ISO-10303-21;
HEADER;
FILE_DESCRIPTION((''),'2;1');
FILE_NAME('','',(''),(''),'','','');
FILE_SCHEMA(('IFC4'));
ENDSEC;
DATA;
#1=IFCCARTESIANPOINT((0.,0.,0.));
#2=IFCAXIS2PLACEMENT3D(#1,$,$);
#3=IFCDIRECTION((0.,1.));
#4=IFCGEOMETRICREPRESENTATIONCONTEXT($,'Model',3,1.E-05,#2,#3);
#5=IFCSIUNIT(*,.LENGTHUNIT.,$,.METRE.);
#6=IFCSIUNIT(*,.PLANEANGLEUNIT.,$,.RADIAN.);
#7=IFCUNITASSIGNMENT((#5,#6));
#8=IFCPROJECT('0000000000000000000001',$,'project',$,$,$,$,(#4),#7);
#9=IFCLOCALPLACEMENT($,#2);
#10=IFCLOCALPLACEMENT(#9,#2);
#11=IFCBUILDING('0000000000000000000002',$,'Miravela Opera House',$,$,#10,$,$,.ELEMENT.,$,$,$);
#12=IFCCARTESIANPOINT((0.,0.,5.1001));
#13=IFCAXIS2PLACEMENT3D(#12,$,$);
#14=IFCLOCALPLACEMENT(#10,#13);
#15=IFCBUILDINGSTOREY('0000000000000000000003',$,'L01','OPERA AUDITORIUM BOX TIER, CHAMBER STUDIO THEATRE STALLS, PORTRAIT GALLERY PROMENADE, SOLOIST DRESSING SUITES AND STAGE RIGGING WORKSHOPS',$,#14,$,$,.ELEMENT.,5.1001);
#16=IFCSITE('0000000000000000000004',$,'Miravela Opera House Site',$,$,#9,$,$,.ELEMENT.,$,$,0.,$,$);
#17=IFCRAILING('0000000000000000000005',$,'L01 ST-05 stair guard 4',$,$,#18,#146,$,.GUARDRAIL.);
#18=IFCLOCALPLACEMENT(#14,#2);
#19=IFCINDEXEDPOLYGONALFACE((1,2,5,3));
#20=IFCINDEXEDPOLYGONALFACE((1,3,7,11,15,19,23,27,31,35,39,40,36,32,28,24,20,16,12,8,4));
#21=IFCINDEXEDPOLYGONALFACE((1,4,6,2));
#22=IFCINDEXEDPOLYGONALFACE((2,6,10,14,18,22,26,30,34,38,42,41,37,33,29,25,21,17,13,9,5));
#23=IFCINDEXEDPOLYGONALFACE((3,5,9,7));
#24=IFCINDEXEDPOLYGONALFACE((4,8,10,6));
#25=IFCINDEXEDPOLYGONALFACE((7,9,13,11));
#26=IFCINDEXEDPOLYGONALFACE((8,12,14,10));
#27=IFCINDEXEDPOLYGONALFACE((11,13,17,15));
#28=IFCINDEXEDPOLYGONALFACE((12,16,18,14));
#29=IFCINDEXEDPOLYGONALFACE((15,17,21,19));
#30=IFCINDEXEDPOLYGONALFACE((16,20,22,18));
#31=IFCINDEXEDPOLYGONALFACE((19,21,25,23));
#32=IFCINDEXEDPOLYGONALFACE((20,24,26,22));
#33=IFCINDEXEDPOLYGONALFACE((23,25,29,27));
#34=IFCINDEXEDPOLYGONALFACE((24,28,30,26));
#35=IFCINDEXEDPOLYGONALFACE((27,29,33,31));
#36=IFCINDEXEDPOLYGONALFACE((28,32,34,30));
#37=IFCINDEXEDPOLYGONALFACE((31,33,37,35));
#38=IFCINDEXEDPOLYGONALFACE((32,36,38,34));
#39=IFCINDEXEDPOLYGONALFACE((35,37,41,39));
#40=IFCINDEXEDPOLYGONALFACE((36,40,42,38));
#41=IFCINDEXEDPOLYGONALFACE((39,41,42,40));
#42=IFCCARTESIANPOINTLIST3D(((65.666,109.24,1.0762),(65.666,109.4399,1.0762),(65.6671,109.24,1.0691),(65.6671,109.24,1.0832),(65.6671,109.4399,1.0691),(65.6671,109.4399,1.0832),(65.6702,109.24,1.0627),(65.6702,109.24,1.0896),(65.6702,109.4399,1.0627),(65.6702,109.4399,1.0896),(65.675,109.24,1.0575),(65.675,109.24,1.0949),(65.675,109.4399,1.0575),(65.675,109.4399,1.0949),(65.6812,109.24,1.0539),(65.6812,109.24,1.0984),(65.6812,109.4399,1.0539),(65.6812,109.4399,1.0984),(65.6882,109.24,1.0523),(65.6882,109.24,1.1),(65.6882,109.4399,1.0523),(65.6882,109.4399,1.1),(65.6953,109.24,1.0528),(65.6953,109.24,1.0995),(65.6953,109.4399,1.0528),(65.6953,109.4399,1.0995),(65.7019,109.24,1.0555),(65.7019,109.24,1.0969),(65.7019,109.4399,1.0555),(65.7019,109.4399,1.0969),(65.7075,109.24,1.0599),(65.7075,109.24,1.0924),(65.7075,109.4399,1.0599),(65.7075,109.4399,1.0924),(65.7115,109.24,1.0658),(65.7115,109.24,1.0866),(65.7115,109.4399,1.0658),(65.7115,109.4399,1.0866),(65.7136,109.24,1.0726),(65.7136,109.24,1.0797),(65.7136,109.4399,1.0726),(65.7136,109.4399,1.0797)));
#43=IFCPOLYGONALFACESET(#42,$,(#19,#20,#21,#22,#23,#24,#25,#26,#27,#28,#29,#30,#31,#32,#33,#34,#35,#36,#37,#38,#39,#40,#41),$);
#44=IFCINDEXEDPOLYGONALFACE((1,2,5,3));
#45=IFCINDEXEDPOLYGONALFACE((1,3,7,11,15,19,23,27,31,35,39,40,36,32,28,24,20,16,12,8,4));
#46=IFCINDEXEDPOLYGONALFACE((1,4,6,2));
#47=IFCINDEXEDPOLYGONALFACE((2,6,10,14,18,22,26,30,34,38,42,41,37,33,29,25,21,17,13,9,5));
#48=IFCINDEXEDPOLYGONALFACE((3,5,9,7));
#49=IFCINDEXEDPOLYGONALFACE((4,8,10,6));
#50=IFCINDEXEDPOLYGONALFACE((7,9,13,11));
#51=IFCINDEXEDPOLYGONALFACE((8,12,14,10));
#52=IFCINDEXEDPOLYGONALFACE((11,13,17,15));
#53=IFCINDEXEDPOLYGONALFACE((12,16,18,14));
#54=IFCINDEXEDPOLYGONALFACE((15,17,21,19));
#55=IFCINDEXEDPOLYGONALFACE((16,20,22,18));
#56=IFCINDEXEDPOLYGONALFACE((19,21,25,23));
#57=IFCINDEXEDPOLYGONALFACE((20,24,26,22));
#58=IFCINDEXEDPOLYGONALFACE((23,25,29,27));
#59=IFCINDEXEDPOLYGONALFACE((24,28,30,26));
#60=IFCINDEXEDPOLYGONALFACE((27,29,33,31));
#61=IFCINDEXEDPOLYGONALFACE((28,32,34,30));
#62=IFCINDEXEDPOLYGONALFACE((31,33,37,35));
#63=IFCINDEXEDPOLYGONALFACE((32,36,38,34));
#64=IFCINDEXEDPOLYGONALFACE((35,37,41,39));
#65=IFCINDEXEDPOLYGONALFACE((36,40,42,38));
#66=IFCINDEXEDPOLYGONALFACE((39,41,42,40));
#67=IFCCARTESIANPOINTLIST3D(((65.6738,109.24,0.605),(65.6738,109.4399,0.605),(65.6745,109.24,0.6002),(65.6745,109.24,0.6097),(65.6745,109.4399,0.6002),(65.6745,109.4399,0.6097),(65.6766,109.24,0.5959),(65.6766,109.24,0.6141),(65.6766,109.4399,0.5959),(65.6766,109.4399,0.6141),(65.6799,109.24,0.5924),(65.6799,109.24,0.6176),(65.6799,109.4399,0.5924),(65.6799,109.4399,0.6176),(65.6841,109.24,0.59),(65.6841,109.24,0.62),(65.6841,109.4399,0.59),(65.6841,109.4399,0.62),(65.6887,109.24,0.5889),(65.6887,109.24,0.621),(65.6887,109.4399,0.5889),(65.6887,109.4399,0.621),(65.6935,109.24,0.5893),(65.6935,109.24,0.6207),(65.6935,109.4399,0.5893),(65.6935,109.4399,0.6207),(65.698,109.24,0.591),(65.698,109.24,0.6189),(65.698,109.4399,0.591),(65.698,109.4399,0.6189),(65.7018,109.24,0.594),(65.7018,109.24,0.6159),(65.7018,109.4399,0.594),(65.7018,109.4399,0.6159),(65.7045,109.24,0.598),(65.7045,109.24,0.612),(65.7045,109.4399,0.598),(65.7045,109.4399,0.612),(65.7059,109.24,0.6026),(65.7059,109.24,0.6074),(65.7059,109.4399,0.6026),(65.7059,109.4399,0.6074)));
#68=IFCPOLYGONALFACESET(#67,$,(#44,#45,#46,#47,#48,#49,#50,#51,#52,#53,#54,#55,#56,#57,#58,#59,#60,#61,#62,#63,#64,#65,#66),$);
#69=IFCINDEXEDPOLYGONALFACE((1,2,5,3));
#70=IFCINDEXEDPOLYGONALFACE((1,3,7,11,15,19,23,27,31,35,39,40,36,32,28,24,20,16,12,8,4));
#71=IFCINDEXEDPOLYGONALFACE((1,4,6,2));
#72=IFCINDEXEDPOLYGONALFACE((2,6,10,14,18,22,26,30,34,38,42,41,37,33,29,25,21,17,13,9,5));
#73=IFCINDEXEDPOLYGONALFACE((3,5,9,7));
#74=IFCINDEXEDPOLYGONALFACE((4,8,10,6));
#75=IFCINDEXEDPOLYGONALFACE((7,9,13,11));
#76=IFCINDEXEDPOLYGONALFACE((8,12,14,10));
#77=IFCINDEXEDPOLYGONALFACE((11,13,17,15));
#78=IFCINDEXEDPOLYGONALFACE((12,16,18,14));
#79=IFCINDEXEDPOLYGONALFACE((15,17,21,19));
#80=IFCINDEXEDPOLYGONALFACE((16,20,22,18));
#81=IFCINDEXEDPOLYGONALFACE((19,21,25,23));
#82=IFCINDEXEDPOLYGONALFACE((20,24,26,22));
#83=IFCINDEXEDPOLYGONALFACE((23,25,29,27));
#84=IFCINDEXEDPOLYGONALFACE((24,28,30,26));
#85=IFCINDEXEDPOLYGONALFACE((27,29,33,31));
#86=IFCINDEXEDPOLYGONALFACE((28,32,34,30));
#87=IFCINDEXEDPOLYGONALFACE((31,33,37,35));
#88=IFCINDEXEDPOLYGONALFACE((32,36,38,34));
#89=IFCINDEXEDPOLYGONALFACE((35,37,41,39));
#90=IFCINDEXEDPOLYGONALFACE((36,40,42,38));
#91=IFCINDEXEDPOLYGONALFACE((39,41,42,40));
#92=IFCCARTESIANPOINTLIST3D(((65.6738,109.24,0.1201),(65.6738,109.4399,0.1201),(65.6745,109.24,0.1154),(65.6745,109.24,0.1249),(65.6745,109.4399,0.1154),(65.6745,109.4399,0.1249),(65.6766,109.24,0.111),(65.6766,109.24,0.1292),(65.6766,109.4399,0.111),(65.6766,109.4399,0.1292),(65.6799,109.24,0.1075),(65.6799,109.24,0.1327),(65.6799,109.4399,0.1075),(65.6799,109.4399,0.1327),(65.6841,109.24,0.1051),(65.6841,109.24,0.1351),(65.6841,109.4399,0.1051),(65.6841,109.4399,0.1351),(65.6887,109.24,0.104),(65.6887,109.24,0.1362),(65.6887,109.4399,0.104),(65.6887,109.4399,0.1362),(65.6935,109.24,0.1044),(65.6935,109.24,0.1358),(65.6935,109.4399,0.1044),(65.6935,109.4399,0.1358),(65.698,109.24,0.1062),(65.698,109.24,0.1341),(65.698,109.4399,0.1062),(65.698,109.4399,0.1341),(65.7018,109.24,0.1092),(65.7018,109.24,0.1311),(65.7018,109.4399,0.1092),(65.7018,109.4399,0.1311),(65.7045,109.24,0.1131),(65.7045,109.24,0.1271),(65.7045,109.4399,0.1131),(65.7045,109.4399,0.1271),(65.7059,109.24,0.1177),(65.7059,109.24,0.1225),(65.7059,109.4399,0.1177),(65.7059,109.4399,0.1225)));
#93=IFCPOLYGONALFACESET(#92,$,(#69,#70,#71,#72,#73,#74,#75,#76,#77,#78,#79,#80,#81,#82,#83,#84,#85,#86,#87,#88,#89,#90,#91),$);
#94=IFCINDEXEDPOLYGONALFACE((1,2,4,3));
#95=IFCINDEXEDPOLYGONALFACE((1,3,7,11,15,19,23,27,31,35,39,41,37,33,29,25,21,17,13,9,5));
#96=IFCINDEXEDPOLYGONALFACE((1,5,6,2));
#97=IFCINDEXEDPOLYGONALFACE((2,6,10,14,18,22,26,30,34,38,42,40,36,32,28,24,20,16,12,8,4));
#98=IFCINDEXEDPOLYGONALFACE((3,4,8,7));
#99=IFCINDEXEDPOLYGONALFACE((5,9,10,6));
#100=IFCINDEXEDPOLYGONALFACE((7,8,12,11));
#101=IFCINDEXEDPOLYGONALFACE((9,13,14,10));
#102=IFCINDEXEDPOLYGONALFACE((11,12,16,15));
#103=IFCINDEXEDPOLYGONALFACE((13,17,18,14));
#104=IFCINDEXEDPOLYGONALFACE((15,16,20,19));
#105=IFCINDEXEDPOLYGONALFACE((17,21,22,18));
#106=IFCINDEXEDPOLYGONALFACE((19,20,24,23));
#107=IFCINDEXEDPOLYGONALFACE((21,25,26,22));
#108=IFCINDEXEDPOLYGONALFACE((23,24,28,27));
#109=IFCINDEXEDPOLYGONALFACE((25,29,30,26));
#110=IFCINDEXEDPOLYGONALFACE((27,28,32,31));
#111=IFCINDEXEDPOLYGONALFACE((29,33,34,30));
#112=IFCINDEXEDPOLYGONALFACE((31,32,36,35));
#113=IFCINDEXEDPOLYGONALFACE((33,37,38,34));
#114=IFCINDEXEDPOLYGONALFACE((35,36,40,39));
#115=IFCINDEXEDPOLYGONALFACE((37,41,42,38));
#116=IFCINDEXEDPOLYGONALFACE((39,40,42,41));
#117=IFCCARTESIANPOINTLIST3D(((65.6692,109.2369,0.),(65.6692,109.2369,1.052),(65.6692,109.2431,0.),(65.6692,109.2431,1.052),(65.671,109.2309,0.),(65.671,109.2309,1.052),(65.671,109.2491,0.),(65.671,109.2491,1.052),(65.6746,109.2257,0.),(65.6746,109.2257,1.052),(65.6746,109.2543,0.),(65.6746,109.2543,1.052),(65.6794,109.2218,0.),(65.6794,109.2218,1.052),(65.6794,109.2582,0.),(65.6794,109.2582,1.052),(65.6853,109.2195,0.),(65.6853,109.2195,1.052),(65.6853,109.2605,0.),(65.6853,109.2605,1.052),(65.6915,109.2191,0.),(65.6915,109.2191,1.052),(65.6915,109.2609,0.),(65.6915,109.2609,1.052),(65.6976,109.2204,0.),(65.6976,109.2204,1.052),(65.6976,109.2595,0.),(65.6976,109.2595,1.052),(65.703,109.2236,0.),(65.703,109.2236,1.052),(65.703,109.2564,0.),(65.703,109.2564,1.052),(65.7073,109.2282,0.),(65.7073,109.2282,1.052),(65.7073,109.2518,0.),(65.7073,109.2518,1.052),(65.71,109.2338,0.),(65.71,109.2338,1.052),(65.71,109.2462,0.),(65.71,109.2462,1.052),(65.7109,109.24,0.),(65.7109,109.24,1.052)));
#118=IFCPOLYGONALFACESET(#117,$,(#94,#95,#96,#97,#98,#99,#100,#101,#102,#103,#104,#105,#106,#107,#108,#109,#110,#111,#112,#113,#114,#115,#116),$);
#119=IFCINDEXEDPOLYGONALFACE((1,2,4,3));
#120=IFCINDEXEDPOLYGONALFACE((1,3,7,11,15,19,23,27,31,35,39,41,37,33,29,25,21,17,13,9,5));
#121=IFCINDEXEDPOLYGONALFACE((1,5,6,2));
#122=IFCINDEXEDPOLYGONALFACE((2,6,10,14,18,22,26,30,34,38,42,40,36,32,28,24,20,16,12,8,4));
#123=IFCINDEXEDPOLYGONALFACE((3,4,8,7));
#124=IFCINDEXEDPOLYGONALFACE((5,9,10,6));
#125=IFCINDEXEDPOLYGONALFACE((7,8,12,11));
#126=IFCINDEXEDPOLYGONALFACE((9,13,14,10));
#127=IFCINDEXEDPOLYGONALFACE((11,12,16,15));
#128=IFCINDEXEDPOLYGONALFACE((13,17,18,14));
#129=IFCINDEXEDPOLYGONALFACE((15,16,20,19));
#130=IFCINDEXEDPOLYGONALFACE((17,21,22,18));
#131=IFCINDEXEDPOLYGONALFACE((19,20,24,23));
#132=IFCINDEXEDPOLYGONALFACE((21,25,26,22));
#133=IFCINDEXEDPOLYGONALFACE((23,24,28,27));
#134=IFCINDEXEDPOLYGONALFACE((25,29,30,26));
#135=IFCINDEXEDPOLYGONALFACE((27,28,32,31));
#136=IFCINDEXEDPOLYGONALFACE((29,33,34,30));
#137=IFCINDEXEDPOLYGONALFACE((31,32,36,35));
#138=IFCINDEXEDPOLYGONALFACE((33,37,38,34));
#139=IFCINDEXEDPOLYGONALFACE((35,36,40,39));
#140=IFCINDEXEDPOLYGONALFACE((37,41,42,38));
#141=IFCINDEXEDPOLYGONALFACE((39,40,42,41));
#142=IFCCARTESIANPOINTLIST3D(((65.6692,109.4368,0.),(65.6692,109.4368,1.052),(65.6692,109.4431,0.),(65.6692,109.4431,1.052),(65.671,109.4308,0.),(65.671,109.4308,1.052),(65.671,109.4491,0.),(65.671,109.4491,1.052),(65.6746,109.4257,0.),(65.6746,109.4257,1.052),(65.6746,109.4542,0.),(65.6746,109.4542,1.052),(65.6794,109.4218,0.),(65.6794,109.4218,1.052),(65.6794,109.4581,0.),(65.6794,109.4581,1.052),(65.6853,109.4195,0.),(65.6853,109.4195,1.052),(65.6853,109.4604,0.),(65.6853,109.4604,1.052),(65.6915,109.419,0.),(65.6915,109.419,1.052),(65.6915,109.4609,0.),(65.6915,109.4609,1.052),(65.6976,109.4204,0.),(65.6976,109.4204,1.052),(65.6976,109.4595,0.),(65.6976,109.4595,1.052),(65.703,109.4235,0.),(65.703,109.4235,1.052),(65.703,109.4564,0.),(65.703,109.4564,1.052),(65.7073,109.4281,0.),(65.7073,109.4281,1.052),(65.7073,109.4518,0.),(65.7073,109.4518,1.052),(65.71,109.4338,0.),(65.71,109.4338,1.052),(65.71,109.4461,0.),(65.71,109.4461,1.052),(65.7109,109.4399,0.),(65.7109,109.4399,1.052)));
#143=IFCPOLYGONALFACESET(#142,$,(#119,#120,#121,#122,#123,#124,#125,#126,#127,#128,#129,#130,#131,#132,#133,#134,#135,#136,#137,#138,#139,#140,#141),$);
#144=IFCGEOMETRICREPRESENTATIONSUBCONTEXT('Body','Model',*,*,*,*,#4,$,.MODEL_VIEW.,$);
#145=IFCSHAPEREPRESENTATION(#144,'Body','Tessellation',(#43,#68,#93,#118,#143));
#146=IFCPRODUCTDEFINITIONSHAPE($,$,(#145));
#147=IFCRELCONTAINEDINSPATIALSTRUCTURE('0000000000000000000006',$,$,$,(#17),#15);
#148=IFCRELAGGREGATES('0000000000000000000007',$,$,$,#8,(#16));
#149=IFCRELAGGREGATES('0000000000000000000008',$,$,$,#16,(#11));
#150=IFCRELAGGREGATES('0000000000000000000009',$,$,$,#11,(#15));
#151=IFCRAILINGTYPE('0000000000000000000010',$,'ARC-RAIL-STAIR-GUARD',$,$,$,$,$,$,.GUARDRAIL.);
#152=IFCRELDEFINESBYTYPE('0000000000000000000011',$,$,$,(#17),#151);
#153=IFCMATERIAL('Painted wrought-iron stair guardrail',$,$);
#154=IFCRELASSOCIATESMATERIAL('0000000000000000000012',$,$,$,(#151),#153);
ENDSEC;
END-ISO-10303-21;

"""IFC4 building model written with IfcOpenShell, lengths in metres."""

from ifc_helpers import new_model, si_unit, direction, frame, origin, origin_2d, place, context, subcontext, project, spatial, circle, extrude, material, type_object, element, save


model = new_model("IFC4")

# Units and contexts
model_context = context("Model", 3, precision=1e-05, world=origin(), true_north=direction((0.0, 1.0)))
body_context = subcontext(model_context, "Body", "Model", "MODEL_VIEW")
ifc_project = project(units=[si_unit("LENGTHUNIT", "METRE"), si_unit("PLANEANGLEUNIT", "RADIAN")], contexts=[model_context])

# Site, building, storey
site_placement = place(None, origin())
site = spatial("IfcSite", under=ifc_project, at=site_placement, Name="Miravela Opera House Site", CompositionType="ELEMENT", RefElevation=0.0)
building_placement = place(site_placement, origin())
building = spatial("IfcBuilding", under=site, at=building_placement, Name="Miravela Opera House", CompositionType="ELEMENT")
storey_placement = place(building_placement, frame((0.0, 0.0, 5.1001)))
storey = spatial("IfcBuildingStorey", under=building, at=storey_placement, Name="L01", Description="OPERA AUDITORIUM BOX TIER, CHAMBER STUDIO THEATRE STALLS, PORTRAIT GALLERY PROMENADE, SOLOIST DRESSING SUITES AND STAGE RIGGING WORKSHOPS", CompositionType="ELEMENT", Elevation=5.1001)

# Railing
ifc_material_1 = material(Name="Painted wrought-iron stair guardrail")
railing_type_1 = type_object("IfcRailingType", Name="ARC-RAIL-STAIR-GUARD", PredefinedType="GUARDRAIL", material=ifc_material_1)
railing_1_placement = place(storey_placement, frame((65.6899, 109.24, 0.0)))
element("IfcRailing", 1, at=railing_1_placement, inside=storey, type_object=railing_type_1, Name="L01 ST-05 stair guard 4", PredefinedType="GUARDRAIL", context=body_context, shape_type="SweptSolid", body=[
    extrude(circle(Radius=0.0239, at=origin_2d()), frame((0.0, 0.0, 1.0762), z_axis=(0.0, 1.0, 0.0), x_axis=(-1.0, 0.0, 0.0)), (0.0, 0.0, 1.0), 0.2),
    extrude(circle(Radius=0.0161, at=origin_2d()), frame((0.0, 0.0, 0.605), z_axis=(0.0, 1.0, 0.0), x_axis=(-1.0, 0.0, 0.0)), (0.0, 0.0, 1.0), 0.2),
    extrude(circle(Radius=0.0161, at=origin_2d()), frame((0.0, 0.0, 0.1201), z_axis=(0.0, 1.0, 0.0), x_axis=(-1.0, 0.0, 0.0)), (0.0, 0.0, 1.0), 0.2),
    extrude(circle(Radius=0.021, at=origin_2d()), origin(), (0.0, 0.0, 1.0), 1.052),
    extrude(circle(Radius=0.021, at=origin_2d()), frame((0.0, 0.2, 0.0)), (0.0, 0.0, 1.0), 1.052),
])

save(model, "model.ifc")
